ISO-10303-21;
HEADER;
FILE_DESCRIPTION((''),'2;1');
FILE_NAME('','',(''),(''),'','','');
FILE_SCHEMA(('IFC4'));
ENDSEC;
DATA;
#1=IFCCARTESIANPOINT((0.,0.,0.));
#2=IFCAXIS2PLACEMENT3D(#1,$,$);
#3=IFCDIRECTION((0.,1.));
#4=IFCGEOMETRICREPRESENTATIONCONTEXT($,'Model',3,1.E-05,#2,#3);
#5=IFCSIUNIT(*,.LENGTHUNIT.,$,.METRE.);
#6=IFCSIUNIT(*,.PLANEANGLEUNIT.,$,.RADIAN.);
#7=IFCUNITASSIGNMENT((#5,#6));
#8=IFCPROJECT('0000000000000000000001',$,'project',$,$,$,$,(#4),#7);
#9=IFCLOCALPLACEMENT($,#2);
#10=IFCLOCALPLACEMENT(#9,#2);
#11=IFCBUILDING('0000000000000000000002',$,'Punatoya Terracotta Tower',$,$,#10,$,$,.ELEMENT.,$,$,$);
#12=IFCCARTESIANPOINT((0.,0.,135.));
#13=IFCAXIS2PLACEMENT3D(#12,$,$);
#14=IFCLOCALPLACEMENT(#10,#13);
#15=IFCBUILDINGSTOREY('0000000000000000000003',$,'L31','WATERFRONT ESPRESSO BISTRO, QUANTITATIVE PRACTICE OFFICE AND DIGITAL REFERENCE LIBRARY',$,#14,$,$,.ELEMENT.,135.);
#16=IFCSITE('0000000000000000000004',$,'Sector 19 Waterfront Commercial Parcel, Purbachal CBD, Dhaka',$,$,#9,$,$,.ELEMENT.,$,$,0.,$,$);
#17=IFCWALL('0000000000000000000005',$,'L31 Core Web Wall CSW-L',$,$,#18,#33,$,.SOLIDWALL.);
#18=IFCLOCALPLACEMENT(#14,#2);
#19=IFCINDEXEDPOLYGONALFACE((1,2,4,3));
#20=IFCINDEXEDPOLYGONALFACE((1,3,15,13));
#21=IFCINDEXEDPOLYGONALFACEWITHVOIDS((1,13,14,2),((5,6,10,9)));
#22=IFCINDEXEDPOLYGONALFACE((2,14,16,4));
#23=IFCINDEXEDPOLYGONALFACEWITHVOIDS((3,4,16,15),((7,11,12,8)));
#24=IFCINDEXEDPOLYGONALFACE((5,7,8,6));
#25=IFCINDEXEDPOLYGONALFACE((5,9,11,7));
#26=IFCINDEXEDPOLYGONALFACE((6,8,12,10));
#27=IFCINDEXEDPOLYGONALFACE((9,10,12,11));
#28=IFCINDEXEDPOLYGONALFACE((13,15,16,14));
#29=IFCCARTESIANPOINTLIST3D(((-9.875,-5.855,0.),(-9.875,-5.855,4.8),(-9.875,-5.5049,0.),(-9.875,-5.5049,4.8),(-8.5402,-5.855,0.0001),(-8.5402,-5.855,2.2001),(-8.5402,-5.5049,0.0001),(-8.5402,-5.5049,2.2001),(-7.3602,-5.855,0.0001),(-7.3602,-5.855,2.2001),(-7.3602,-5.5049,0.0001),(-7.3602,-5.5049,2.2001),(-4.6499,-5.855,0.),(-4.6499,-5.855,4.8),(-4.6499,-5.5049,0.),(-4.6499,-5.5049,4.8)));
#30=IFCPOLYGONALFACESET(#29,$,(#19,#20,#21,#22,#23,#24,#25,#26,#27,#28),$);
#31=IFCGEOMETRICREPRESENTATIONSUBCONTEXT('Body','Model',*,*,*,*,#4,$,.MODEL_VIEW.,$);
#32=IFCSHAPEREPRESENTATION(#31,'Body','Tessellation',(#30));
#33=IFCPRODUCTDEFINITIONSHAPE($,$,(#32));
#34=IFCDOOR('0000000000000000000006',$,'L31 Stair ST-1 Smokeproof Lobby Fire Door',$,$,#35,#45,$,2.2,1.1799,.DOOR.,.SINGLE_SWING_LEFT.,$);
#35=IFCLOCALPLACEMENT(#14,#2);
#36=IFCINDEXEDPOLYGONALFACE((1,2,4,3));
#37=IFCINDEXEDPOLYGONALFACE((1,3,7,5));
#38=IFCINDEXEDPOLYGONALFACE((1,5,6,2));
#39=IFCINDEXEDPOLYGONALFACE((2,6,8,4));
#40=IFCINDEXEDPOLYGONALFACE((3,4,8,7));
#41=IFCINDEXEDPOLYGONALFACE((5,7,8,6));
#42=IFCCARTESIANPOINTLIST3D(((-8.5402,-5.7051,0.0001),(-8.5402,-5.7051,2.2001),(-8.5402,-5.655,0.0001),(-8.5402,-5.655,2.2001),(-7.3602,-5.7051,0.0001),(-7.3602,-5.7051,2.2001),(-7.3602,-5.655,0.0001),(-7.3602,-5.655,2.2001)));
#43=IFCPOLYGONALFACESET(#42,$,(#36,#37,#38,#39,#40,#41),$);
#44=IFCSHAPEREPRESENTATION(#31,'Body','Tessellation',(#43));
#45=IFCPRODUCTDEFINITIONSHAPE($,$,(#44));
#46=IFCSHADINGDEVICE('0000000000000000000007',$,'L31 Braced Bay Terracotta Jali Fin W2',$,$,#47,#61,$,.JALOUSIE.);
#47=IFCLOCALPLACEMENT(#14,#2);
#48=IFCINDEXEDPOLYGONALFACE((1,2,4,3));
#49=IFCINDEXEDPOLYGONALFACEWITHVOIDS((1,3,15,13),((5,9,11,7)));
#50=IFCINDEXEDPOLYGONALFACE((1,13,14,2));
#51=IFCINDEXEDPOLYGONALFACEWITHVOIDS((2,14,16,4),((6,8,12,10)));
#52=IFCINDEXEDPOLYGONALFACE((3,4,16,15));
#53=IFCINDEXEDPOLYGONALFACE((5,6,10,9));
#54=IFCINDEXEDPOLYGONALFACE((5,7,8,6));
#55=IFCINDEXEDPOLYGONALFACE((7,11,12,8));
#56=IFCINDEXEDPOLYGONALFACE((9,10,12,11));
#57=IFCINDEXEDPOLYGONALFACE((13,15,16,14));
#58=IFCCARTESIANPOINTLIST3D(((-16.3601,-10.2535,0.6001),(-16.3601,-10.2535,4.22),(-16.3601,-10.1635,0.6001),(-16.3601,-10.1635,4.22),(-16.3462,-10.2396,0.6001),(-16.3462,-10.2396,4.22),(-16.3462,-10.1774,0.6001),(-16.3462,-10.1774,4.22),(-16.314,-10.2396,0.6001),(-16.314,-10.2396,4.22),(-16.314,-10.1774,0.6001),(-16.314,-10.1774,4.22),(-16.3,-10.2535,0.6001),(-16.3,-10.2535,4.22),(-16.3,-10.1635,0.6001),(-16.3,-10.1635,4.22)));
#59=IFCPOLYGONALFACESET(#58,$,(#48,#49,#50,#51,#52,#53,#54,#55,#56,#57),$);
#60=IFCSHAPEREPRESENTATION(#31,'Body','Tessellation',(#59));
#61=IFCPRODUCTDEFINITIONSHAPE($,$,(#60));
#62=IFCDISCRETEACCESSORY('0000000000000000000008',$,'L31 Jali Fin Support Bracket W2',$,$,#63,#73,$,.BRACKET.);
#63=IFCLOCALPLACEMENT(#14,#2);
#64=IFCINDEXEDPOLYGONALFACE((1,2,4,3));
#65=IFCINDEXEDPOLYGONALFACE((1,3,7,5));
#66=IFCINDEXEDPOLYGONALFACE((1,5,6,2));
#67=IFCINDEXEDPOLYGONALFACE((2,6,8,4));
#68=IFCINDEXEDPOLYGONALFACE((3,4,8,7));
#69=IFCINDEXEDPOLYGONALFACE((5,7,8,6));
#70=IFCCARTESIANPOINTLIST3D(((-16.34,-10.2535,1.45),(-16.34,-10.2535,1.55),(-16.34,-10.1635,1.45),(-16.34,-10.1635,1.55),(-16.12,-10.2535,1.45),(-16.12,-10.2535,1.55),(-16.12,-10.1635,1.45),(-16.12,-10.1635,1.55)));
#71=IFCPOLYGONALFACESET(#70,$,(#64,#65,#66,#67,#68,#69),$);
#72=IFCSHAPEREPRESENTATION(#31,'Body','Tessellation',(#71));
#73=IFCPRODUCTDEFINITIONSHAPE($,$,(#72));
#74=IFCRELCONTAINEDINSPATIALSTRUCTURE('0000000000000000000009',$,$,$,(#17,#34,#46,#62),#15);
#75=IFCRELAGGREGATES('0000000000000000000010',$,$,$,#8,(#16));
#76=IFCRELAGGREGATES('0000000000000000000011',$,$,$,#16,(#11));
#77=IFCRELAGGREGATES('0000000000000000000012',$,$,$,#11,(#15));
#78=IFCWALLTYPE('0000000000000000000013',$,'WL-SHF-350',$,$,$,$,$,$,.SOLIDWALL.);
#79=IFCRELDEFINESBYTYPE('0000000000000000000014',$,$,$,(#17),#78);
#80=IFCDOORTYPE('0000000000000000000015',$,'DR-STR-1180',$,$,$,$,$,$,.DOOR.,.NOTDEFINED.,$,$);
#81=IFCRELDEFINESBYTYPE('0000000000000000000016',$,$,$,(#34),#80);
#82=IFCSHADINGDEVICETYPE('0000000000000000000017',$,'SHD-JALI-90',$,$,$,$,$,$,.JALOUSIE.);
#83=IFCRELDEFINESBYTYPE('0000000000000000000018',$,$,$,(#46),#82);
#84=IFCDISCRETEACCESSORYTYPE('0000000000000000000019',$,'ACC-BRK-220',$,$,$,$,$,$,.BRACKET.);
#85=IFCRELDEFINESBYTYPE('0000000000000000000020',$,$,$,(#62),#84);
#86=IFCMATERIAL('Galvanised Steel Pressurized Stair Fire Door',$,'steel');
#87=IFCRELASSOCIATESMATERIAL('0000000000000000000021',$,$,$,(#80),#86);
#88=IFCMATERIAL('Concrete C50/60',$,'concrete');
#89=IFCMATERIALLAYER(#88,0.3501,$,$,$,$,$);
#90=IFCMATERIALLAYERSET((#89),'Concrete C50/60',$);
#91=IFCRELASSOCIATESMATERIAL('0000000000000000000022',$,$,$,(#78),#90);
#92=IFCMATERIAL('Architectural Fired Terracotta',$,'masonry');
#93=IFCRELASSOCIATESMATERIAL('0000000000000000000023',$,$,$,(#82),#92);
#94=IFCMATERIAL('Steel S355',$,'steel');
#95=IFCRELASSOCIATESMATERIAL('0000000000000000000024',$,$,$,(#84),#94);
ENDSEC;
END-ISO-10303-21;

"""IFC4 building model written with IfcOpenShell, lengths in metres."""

from ifc_helpers import new_model, si_unit, direction, frame, frame_2d, origin, origin_2d, place, context, subcontext, project, spatial, rectangle, hollow_rectangle, extrude, material, layer, layer_set, material_profile, profile_set, type_object, element, fill, save


model = new_model("IFC4")

# Units and contexts
model_context = context("Model", 3, precision=1e-05, world=origin(), true_north=direction((0.0, 1.0)))
body_context = subcontext(model_context, "Body", "Model", "MODEL_VIEW")
ifc_project = project(units=[si_unit("LENGTHUNIT", "METRE"), si_unit("PLANEANGLEUNIT", "RADIAN")], contexts=[model_context])

# Site, building, storey
site_placement = place(None, origin())
site = spatial("IfcSite", under=ifc_project, at=site_placement, Name="Sector 19 Waterfront Commercial Parcel, Purbachal CBD, Dhaka", CompositionType="ELEMENT", RefElevation=0.0)
building_placement = place(site_placement, origin())
building = spatial("IfcBuilding", under=site, at=building_placement, Name="Punatoya Terracotta Tower", CompositionType="ELEMENT")
storey_placement = place(building_placement, frame((0.0, 0.0, 135.0)))
storey = spatial("IfcBuildingStorey", under=building, at=storey_placement, Name="L31", Description="WATERFRONT ESPRESSO BISTRO, QUANTITATIVE PRACTICE OFFICE AND DIGITAL REFERENCE LIBRARY", CompositionType="ELEMENT", Elevation=135.0)

# Shared definitions
ifc_material_1 = material(Name="Steel S355", Category="steel")

# Shared definitions
ifc_material_2 = material(Name="Galvanised Steel Pressurized Stair Fire Door", Category="steel")
door_type_1 = type_object("IfcDoorType", Name="DR-STR-1180", OperationType="NOTDEFINED", PredefinedType="DOOR", material=ifc_material_2)

# Wall, opening, door
ifc_material_3 = material(Name="Concrete C50/60", Category="concrete")
ifc_layer_1 = layer(ifc_material_3, 0.3501)
ifc_layer_set_1 = layer_set([ifc_layer_1], Name="Concrete C50/60")
wall_type_1 = type_object("IfcWallType", Name="WL-SHF-350", PredefinedType="SOLIDWALL", material=ifc_layer_set_1)
wall_1_placement = place(storey_placement, frame((-9.875, -5.6799, 0.0), z_axis=(0.0, 0.0, 1.0), x_axis=(1.0, 0.0, 0.0)))
wall_1 = element("IfcWall", 1, at=wall_1_placement, inside=storey, type_object=wall_type_1, Name="L31 Core Web Wall CSW-L", PredefinedType="SOLIDWALL", context=body_context, shape_type="SweptSolid", body=[
    extrude(rectangle(XDim=5.2251, YDim=0.3501, at=frame_2d((2.6125, 0.0))), origin(), (0.0, 0.0, 1.0), 4.8),
])
opening_1_placement = place(wall_1_placement, frame((1.335, 0.0, 0.0)))
opening_1 = element("IfcOpeningElement", 2, at=opening_1_placement, cuts=wall_1, PredefinedType="OPENING", context=body_context, shape_type="SweptSolid", body=[
    extrude(rectangle(XDim=1.1799, YDim=2.2, at=frame_2d((0.5898, 1.1001))), frame((0.0, 0.1851, 0.0), z_axis=(0.0, -1.0, 0.0), x_axis=(1.0, 0.0, 0.0)), (0.0, 0.0, 1.0), 0.3701),
])
door_1_placement = place(opening_1_placement, origin())
door_1 = element("IfcDoor", 3, at=door_1_placement, inside=storey, type_object=door_type_1, Name="L31 Stair ST-1 Smokeproof Lobby Fire Door", OperationType="SINGLE_SWING_LEFT", OverallHeight=2.2, OverallWidth=1.1799, PredefinedType="DOOR", context=body_context, shape_type="SweptSolid", body=[
    extrude(rectangle(XDim=1.1799, YDim=2.2, at=frame_2d((0.5898, 1.1001))), frame((0.0, 0.0249, 0.0), z_axis=(0.0, -1.0, 0.0), x_axis=(1.0, 0.0, 0.0)), (0.0, 0.0, 1.0), 0.05),
])
fill(opening_1, door_1)

# Shading device
ifc_material_4 = material(Name="Architectural Fired Terracotta", Category="masonry")
ifc_material_profile_1 = material_profile(ifc_material_4, hollow_rectangle(XDim=0.0601, YDim=0.0901, WallThickness=0.0139, at=origin_2d()))
ifc_profile_set_1 = profile_set([ifc_material_profile_1], Name="Architectural Fired Terracotta")
shading_device_type = type_object("IfcShadingDeviceType", Name="SHD-JALI-90", PredefinedType="JALOUSIE", material=ifc_profile_set_1)
shading_device_placement = place(storey_placement, frame((-16.3301, -10.2085, 0.6001), z_axis=(0.0, 0.0, 1.0), x_axis=(1.0, 0.0, 0.0)))
element("IfcShadingDevice", 4, at=shading_device_placement, inside=storey, type_object=shading_device_type, Name="L31 Braced Bay Terracotta Jali Fin W2", PredefinedType="JALOUSIE", context=body_context, shape_type="SweptSolid", body=[
    extrude(hollow_rectangle(XDim=0.0601, YDim=0.0901, WallThickness=0.0139, at=origin_2d()), origin(), (0.0, 0.0, 1.0), 3.6199),
])

# Discrete accessory
discrete_accessory_type = type_object("IfcDiscreteAccessoryType", Name="ACC-BRK-220", PredefinedType="BRACKET", material=ifc_material_1)
discrete_accessory_placement = place(storey_placement, frame((-16.23, -10.2085, 1.45), z_axis=(0.0, 0.0, 1.0), x_axis=(0.0, -1.0, 0.0)))
element("IfcDiscreteAccessory", 5, at=discrete_accessory_placement, inside=storey, type_object=discrete_accessory_type, Name="L31 Jali Fin Support Bracket W2", PredefinedType="BRACKET", context=body_context, shape_type="SweptSolid", body=[
    extrude(rectangle(XDim=0.0901, YDim=0.22, at=origin_2d()), origin(), (0.0, 0.0, 1.0), 0.1001),
])

save(model, "model.ifc")
